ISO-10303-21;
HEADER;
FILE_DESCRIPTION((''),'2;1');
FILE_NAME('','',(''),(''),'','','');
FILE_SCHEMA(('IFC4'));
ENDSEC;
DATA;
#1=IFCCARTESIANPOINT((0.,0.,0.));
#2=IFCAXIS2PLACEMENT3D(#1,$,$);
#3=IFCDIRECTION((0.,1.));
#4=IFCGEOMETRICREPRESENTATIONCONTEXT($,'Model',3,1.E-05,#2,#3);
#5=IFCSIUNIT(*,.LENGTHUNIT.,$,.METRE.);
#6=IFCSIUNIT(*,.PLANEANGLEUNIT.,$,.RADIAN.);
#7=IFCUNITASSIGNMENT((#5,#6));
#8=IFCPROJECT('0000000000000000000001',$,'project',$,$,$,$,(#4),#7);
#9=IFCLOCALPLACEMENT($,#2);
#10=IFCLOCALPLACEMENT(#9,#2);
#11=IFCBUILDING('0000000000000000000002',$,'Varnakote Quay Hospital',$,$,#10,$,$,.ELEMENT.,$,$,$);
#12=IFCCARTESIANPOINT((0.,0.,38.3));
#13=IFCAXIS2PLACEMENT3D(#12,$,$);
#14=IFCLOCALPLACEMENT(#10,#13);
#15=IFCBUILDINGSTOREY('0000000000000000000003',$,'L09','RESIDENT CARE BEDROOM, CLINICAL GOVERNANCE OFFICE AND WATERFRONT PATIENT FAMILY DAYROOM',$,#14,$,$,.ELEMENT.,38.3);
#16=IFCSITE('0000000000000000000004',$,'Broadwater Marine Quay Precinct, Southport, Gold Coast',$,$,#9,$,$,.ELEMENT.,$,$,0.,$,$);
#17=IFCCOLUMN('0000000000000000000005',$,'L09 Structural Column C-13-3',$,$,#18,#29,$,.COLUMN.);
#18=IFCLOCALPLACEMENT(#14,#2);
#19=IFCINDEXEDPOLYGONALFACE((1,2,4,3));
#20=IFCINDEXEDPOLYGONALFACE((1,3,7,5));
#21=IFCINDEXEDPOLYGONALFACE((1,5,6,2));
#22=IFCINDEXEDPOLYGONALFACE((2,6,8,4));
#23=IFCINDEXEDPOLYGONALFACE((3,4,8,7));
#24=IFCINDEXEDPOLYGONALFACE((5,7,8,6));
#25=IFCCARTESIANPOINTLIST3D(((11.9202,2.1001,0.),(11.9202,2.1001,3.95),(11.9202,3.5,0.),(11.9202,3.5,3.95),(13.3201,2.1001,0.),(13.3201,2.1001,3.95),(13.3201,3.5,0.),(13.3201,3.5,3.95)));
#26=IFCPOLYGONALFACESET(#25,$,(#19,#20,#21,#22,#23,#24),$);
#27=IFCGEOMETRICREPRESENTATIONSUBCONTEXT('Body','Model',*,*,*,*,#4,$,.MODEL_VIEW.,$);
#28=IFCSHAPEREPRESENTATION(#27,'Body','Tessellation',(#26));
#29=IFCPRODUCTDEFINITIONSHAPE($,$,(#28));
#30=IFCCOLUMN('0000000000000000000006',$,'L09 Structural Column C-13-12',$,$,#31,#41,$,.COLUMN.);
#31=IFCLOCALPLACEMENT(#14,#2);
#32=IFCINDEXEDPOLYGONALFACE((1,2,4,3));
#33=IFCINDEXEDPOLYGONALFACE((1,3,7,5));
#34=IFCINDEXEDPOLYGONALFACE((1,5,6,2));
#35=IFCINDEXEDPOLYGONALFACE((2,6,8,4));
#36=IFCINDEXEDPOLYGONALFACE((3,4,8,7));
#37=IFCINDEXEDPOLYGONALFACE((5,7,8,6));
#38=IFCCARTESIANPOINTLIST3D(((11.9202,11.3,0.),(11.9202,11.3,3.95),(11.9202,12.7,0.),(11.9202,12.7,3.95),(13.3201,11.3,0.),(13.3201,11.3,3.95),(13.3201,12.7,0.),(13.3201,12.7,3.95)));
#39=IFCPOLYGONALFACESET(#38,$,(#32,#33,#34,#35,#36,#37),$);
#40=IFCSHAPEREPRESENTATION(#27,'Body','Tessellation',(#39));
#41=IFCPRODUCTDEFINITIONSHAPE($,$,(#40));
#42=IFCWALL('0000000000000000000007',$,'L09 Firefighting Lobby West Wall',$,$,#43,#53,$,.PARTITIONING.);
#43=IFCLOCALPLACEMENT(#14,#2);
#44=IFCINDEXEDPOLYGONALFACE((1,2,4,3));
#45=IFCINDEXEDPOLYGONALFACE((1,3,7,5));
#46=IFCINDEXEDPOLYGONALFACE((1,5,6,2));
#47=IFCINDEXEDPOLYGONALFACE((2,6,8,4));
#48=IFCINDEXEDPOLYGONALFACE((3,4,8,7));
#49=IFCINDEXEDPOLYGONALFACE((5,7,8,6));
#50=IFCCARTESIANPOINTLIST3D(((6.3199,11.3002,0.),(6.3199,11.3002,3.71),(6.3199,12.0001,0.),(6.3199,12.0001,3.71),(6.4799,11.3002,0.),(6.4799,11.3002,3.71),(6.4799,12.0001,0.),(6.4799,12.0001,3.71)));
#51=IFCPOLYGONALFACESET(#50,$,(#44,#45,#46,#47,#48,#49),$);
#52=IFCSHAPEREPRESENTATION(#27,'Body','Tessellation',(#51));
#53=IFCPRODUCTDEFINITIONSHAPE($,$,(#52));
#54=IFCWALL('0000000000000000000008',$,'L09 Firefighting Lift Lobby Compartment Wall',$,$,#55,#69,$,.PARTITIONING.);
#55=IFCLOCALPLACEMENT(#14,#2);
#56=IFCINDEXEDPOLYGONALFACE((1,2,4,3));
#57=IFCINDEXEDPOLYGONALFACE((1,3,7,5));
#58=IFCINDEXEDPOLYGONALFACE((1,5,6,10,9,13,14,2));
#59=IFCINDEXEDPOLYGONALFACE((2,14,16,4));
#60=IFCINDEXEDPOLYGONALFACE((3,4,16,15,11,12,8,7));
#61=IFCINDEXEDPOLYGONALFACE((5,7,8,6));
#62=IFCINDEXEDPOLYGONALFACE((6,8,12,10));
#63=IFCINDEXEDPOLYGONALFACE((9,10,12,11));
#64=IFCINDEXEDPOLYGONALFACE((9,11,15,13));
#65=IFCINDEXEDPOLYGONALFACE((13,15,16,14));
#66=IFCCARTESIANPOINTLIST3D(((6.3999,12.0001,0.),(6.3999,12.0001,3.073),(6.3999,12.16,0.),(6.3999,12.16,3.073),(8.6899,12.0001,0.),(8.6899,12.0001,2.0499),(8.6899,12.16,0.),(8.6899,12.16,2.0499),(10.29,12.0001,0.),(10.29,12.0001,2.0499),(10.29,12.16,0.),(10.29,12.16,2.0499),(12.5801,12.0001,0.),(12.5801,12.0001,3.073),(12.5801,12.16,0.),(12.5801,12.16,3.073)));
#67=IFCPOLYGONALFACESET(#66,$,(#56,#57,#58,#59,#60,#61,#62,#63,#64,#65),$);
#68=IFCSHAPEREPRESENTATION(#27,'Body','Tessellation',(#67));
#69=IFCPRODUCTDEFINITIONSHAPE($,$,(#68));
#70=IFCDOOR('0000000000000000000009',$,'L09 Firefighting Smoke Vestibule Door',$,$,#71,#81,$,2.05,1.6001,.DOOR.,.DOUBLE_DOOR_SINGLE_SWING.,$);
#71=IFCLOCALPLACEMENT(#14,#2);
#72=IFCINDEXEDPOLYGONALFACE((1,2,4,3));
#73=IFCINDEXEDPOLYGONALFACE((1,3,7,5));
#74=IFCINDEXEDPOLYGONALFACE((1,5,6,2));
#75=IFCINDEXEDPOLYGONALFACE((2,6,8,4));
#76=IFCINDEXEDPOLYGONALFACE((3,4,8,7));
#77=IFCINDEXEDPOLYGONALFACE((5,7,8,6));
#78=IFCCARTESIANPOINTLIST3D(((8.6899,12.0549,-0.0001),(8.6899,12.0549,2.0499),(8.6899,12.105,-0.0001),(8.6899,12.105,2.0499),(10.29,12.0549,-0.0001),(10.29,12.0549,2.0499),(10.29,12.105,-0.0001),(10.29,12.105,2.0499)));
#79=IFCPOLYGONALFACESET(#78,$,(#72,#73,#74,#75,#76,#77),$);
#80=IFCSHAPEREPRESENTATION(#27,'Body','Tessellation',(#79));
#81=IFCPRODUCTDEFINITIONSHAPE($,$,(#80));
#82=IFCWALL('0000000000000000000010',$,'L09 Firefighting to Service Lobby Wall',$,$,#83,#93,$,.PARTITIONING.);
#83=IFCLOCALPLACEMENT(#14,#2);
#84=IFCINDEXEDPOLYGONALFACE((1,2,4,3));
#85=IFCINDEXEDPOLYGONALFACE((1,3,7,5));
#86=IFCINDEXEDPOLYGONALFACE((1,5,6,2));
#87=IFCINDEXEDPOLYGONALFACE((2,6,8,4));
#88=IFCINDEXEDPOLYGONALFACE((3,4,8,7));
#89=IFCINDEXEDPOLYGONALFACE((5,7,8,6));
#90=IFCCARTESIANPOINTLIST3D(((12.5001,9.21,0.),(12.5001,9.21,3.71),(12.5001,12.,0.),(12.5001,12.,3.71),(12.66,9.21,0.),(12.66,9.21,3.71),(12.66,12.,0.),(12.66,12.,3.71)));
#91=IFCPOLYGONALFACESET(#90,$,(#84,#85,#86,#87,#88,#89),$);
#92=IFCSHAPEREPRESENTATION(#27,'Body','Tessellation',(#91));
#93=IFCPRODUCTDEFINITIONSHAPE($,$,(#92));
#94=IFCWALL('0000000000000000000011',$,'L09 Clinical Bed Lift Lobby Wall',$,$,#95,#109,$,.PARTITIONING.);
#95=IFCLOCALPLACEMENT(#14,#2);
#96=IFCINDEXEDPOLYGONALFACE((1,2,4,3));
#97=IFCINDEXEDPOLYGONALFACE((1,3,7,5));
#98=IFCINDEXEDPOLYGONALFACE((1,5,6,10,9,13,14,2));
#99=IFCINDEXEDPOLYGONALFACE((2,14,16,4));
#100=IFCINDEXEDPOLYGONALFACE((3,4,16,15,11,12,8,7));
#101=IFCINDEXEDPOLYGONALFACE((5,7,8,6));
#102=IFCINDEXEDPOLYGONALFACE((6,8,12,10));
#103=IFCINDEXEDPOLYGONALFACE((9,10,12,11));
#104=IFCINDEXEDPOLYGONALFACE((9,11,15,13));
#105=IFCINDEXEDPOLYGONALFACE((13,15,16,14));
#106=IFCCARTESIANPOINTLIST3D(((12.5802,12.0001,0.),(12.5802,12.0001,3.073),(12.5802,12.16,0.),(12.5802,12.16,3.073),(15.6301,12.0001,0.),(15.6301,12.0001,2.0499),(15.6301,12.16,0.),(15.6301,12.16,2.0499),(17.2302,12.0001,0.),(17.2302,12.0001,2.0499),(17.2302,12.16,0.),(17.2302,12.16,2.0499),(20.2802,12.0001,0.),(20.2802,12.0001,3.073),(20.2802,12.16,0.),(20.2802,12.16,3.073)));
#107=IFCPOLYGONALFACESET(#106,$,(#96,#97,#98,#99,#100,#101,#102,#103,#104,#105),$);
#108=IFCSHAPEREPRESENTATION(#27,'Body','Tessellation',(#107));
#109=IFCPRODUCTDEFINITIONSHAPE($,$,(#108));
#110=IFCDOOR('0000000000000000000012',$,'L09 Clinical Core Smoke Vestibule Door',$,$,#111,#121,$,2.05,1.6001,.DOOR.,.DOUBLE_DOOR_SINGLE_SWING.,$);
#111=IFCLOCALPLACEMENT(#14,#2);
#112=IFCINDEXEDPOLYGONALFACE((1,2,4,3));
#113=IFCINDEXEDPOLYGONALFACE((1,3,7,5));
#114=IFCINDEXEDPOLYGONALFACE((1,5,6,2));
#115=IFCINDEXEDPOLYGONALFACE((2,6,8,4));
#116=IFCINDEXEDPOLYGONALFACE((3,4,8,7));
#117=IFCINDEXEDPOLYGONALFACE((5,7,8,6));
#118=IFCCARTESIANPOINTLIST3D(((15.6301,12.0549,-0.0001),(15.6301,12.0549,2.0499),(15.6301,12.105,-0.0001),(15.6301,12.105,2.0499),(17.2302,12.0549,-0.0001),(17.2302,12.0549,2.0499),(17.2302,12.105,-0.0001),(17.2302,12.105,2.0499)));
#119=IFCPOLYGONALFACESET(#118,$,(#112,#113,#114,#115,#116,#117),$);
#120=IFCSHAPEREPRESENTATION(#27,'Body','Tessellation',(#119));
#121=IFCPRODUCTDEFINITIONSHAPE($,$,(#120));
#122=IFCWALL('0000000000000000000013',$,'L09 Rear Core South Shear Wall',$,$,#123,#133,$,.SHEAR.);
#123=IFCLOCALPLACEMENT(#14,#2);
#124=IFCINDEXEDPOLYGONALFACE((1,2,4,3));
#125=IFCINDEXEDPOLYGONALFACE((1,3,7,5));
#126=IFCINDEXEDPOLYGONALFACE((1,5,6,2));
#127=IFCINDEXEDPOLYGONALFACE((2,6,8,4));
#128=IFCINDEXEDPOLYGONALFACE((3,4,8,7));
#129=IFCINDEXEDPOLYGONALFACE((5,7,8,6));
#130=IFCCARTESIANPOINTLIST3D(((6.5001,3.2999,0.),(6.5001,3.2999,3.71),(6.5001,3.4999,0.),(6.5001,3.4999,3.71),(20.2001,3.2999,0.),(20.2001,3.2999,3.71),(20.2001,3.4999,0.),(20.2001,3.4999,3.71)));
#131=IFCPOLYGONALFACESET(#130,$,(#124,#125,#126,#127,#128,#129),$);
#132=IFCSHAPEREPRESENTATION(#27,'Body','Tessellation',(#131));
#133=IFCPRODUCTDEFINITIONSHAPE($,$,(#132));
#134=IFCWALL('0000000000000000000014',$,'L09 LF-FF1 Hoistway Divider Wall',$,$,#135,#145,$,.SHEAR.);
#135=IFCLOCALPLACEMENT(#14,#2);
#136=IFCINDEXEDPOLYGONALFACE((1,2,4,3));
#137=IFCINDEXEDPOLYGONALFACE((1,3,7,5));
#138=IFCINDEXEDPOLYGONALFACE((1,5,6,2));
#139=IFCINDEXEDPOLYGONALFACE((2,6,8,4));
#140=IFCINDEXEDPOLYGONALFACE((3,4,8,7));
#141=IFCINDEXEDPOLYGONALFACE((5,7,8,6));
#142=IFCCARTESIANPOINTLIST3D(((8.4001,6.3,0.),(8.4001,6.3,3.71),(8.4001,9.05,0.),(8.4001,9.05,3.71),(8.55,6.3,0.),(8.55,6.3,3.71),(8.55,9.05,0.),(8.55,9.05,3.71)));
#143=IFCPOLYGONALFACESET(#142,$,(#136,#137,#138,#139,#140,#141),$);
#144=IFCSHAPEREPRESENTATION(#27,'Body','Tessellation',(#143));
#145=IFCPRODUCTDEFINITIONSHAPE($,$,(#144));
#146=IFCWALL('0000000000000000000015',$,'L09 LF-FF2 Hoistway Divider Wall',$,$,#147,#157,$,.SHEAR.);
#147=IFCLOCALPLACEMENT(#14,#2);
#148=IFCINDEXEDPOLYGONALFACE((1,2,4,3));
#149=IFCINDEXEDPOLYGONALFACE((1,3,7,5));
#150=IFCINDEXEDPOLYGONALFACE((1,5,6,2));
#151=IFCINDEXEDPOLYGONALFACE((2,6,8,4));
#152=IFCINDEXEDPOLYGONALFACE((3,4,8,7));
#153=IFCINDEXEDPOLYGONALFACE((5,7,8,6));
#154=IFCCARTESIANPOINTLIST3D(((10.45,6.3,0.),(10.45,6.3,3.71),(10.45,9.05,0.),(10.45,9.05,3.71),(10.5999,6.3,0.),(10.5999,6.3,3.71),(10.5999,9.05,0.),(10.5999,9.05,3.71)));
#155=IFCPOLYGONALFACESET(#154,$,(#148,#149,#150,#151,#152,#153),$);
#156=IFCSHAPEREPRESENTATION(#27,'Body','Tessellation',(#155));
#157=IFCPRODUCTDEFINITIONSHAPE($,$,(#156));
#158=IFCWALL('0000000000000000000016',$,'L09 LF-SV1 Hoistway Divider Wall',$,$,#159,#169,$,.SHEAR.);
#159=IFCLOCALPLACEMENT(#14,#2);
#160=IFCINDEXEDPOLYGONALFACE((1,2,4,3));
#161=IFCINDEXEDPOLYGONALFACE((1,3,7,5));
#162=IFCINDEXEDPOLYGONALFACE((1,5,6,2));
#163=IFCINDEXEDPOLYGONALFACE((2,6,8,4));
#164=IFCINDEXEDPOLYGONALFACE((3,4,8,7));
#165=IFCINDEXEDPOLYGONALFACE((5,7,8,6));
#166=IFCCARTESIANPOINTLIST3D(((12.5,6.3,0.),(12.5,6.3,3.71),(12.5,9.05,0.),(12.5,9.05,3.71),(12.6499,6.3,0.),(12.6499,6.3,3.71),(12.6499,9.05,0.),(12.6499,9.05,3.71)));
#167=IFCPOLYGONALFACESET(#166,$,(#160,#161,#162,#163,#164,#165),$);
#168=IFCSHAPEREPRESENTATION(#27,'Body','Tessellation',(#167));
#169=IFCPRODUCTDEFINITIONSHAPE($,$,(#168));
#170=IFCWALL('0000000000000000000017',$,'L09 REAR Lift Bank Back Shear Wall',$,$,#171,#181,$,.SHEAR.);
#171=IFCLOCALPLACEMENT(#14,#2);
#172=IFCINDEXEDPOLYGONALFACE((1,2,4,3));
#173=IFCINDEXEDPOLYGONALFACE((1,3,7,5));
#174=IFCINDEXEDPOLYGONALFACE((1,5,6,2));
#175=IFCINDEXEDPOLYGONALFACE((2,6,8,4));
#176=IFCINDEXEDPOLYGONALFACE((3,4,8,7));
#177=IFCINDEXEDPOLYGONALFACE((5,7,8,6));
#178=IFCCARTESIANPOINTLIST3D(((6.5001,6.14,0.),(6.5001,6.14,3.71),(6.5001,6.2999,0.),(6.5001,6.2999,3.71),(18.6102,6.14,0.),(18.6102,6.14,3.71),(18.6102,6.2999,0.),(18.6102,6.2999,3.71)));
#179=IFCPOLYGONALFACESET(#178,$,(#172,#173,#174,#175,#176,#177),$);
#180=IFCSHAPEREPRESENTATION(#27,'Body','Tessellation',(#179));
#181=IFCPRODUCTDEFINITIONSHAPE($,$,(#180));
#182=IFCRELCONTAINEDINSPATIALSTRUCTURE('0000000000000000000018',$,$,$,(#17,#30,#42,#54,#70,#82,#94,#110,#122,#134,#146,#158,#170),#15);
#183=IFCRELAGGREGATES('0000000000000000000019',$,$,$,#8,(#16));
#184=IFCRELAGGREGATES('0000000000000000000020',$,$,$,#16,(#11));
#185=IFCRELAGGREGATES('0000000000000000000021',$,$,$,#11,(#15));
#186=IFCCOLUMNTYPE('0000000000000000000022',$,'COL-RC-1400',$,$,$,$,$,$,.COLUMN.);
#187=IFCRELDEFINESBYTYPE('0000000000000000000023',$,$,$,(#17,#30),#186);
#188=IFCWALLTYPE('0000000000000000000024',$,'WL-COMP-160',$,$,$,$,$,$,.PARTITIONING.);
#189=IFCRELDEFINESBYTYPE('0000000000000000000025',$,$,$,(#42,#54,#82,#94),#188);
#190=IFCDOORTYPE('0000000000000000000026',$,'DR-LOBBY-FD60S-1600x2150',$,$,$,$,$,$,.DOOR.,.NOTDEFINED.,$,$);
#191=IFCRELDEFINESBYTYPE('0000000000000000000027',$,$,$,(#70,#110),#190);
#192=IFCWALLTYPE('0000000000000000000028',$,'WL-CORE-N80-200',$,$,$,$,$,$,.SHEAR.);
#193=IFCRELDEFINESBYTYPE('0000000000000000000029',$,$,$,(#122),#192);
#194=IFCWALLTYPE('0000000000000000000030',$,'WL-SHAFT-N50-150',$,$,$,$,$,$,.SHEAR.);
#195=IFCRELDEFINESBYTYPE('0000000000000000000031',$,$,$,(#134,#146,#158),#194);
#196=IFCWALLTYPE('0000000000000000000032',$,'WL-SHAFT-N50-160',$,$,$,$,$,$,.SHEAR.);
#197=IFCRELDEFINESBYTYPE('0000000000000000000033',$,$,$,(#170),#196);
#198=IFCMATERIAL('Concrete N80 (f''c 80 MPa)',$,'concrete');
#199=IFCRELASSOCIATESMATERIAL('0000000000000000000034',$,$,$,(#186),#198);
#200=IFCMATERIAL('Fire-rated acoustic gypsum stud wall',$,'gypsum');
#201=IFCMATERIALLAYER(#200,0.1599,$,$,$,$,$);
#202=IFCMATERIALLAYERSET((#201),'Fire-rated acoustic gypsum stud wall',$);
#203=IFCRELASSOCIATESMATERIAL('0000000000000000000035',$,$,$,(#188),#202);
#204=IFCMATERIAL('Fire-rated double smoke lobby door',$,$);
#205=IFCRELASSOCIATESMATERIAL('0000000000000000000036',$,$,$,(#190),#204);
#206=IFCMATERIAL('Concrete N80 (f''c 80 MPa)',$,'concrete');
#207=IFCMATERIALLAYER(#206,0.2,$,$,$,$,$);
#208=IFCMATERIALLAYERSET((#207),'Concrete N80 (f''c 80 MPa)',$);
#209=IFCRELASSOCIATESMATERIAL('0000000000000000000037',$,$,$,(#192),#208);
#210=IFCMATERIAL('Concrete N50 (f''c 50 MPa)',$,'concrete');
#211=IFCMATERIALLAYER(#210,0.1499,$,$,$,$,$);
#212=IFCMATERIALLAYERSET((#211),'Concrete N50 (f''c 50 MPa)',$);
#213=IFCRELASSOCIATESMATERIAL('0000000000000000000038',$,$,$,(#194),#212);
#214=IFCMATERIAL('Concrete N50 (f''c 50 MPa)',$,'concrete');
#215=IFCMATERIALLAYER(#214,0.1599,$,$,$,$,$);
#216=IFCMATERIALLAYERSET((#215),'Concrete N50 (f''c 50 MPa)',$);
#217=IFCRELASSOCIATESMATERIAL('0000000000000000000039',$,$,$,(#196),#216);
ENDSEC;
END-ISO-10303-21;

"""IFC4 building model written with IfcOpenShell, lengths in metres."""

from ifc_helpers import new_model, si_unit, direction, frame, frame_2d, origin, origin_2d, place, context, subcontext, project, spatial, rectangle, extrude, material, layer, layer_set, material_profile, profile_set, type_object, element, fill, save


model = new_model("IFC4")

# Units and contexts
model_context = context("Model", 3, precision=1e-05, world=origin(), true_north=direction((0.0, 1.0)))
body_context = subcontext(model_context, "Body", "Model", "MODEL_VIEW")
ifc_project = project(units=[si_unit("LENGTHUNIT", "METRE"), si_unit("PLANEANGLEUNIT", "RADIAN")], contexts=[model_context])

# Site, building, storey
site_placement = place(None, origin())
site = spatial("IfcSite", under=ifc_project, at=site_placement, Name="Broadwater Marine Quay Precinct, Southport, Gold Coast", CompositionType="ELEMENT", RefElevation=0.0)
building_placement = place(site_placement, origin())
building = spatial("IfcBuilding", under=site, at=building_placement, Name="Varnakote Quay Hospital", CompositionType="ELEMENT")
storey_placement = place(building_placement, frame((0.0, 0.0, 38.3)))
storey = spatial("IfcBuildingStorey", under=building, at=storey_placement, Name="L09", Description="RESIDENT CARE BEDROOM, CLINICAL GOVERNANCE OFFICE AND WATERFRONT PATIENT FAMILY DAYROOM", CompositionType="ELEMENT", Elevation=38.3)

# Columns
ifc_material_1 = material(Name="Concrete N80 (f'c 80 MPa)", Category="concrete")
ifc_material_profile = material_profile(ifc_material_1, rectangle(XDim=1.3999, YDim=1.3999, at=origin_2d()), Name="RC-COL-1400x1400")
ifc_profile_set = profile_set([ifc_material_profile], Name="Concrete N80 (f'c 80 MPa)")
column_type = type_object("IfcColumnType", Name="COL-RC-1400", PredefinedType="COLUMN", material=ifc_profile_set)
for number, where, z_axis, x_axis, name in (
    (1, (12.6201, 2.8, 0.0), (0.0, 0.0, 1.0), (1.0, 0.0, 0.0), "L09 Structural Column C-13-3"),
    (2, (12.6201, 12.0, 0.0), (0.0, 0.0, 1.0), (1.0, 0.0, 0.0), "L09 Structural Column C-13-12"),
):
    element("IfcColumn", number, at=place(storey_placement, frame(where, z_axis=z_axis, x_axis=x_axis)), inside=storey, type_object=column_type, Name=name, PredefinedType="COLUMN", context=body_context, shape_type="SweptSolid", body=[
        extrude(rectangle(XDim=1.3999, YDim=1.3999, at=origin_2d()), origin(), (0.0, 0.0, 1.0), 3.95),
    ])

# Wall
ifc_material_2 = material(Name="Fire-rated acoustic gypsum stud wall", Category="gypsum")
ifc_layer_1 = layer(ifc_material_2, 0.1599)
ifc_layer_set_1 = layer_set([ifc_layer_1], Name="Fire-rated acoustic gypsum stud wall")
wall_type_1 = type_object("IfcWallType", Name="WL-COMP-160", PredefinedType="PARTITIONING", material=ifc_layer_set_1)
wall_1_placement = place(storey_placement, frame((6.3999, 11.3, 0.0), z_axis=(0.0, 0.0, 1.0), x_axis=(0.0, 1.0, 0.0)))
element("IfcWall", 3, at=wall_1_placement, inside=storey, type_object=wall_type_1, Name="L09 Firefighting Lobby West Wall", PredefinedType="PARTITIONING", context=body_context, shape_type="SweptSolid", body=[
    extrude(rectangle(XDim=0.7, YDim=0.1599, at=frame_2d((0.3501, 0.0))), origin(), (0.0, 0.0, 1.0), 3.71),
])

# Wall, opening, door
wall_2_placement = place(storey_placement, frame((6.3999, 12.0801, 0.0), z_axis=(0.0, 0.0, 1.0), x_axis=(1.0, 0.0, 0.0)))
wall_2 = element("IfcWall", 4, at=wall_2_placement, inside=storey, type_object=wall_type_1, Name="L09 Firefighting Lift Lobby Compartment Wall", PredefinedType="PARTITIONING", context=body_context, shape_type="SweptSolid", body=[
    extrude(rectangle(XDim=6.1802, YDim=0.1599, at=frame_2d((3.0901, 0.0))), origin(), (0.0, 0.0, 1.0), 3.073),
])
opening_1_placement = place(wall_2_placement, frame((2.29, 0.0, 0.0)))
opening_1 = element("IfcOpeningElement", 5, at=opening_1_placement, cuts=wall_2, PredefinedType="OPENING", context=body_context, shape_type="SweptSolid", body=[
    extrude(rectangle(XDim=1.6001, YDim=2.05, at=frame_2d((0.8, 1.0249))), frame((0.0, 0.0898, 0.0), z_axis=(0.0, -1.0, 0.0), x_axis=(1.0, 0.0, 0.0)), (0.0, 0.0, 1.0), 0.1799),
])
ifc_material_3 = material(Name="Fire-rated double smoke lobby door")
door_type_1 = type_object("IfcDoorType", Name="DR-LOBBY-FD60S-1600x2150", OperationType="NOTDEFINED", PredefinedType="DOOR", material=ifc_material_3)
door_1_placement = place(opening_1_placement, origin())
door_1 = element("IfcDoor", 6, at=door_1_placement, inside=storey, type_object=door_type_1, Name="L09 Firefighting Smoke Vestibule Door", OperationType="DOUBLE_DOOR_SINGLE_SWING", OverallHeight=2.05, OverallWidth=1.6001, PredefinedType="DOOR", context=body_context, shape_type="SweptSolid", body=[
    extrude(rectangle(XDim=1.6001, YDim=2.05, at=frame_2d((0.8, 1.0249))), frame((0.0, 0.0249, 0.0), z_axis=(0.0, -1.0, 0.0), x_axis=(1.0, 0.0, 0.0)), (0.0, 0.0, 1.0), 0.05),
])
fill(opening_1, door_1)

# Wall
wall_3_placement = place(storey_placement, frame((12.5801, 9.21, 0.0), z_axis=(0.0, 0.0, 1.0), x_axis=(0.0, 1.0, 0.0)))
element("IfcWall", 7, at=wall_3_placement, inside=storey, type_object=wall_type_1, Name="L09 Firefighting to Service Lobby Wall", PredefinedType="PARTITIONING", context=body_context, shape_type="SweptSolid", body=[
    extrude(rectangle(XDim=2.79, YDim=0.1599, at=frame_2d((1.395, 0.0))), origin(), (0.0, 0.0, 1.0), 3.71),
])

# Wall, opening, door
wall_4_placement = place(storey_placement, frame((12.5801, 12.0801, 0.0), z_axis=(0.0, 0.0, 1.0), x_axis=(1.0, 0.0, 0.0)))
wall_4 = element("IfcWall", 8, at=wall_4_placement, inside=storey, type_object=wall_type_1, Name="L09 Clinical Bed Lift Lobby Wall", PredefinedType="PARTITIONING", context=body_context, shape_type="SweptSolid", body=[
    extrude(rectangle(XDim=7.7, YDim=0.1599, at=frame_2d((3.8501, 0.0))), origin(), (0.0, 0.0, 1.0), 3.073),
])
opening_2_placement = place(wall_4_placement, frame((3.05, 0.0, 0.0)))
opening_2 = element("IfcOpeningElement", 9, at=opening_2_placement, cuts=wall_4, PredefinedType="OPENING", context=body_context, shape_type="SweptSolid", body=[
    extrude(rectangle(XDim=1.6001, YDim=2.05, at=frame_2d((0.8, 1.0249))), frame((0.0, 0.0898, 0.0), z_axis=(0.0, -1.0, 0.0), x_axis=(1.0, 0.0, 0.0)), (0.0, 0.0, 1.0), 0.1799),
])
door_2_placement = place(opening_2_placement, origin())
door_2 = element("IfcDoor", 10, at=door_2_placement, inside=storey, type_object=door_type_1, Name="L09 Clinical Core Smoke Vestibule Door", OperationType="DOUBLE_DOOR_SINGLE_SWING", OverallHeight=2.05, OverallWidth=1.6001, PredefinedType="DOOR", context=body_context, shape_type="SweptSolid", body=[
    extrude(rectangle(XDim=1.6001, YDim=2.05, at=frame_2d((0.8, 1.0249))), frame((0.0, 0.0249, 0.0), z_axis=(0.0, -1.0, 0.0), x_axis=(1.0, 0.0, 0.0)), (0.0, 0.0, 1.0), 0.05),
])
fill(opening_2, door_2)

# Walls
ifc_material_4 = material(Name="Concrete N80 (f'c 80 MPa)", Category="concrete")
ifc_layer_2 = layer(ifc_material_4, 0.2)
ifc_layer_set_2 = layer_set([ifc_layer_2], Name="Concrete N80 (f'c 80 MPa)")
wall_type_2 = type_object("IfcWallType", Name="WL-CORE-N80-200", PredefinedType="SHEAR", material=ifc_layer_set_2)
wall_5_placement = place(storey_placement, frame((6.5, 3.3999, 0.0), z_axis=(0.0, 0.0, 1.0), x_axis=(1.0, 0.0, 0.0)))
element("IfcWall", 11, at=wall_5_placement, inside=storey, type_object=wall_type_2, Name="L09 Rear Core South Shear Wall", PredefinedType="SHEAR", context=body_context, shape_type="SweptSolid", body=[
    extrude(rectangle(XDim=13.7, YDim=0.2, at=frame_2d((6.8501, 0.0))), origin(), (0.0, 0.0, 1.0), 3.71),
])
ifc_material_5 = material(Name="Concrete N50 (f'c 50 MPa)", Category="concrete")
ifc_layer_3 = layer(ifc_material_5, 0.1499)
ifc_layer_set_3 = layer_set([ifc_layer_3], Name="Concrete N50 (f'c 50 MPa)")
wall_type_3 = type_object("IfcWallType", Name="WL-SHAFT-N50-150", PredefinedType="SHEAR", material=ifc_layer_set_3)
for number, where, z_axis, x_axis, name in (
    (12, (8.4751, 6.3, 0.0), (0.0, 0.0, 1.0), (0.0, 1.0, 0.0), "L09 LF-FF1 Hoistway Divider Wall"),
    (13, (10.5249, 6.3, 0.0), (0.0, 0.0, 1.0), (0.0, 1.0, 0.0), "L09 LF-FF2 Hoistway Divider Wall"),
    (14, (12.575, 6.3, 0.0), (0.0, 0.0, 1.0), (0.0, 1.0, 0.0), "L09 LF-SV1 Hoistway Divider Wall"),
):
    element("IfcWall", number, at=place(storey_placement, frame(where, z_axis=z_axis, x_axis=x_axis)), inside=storey, type_object=wall_type_3, Name=name, PredefinedType="SHEAR", context=body_context, shape_type="SweptSolid", body=[
        extrude(rectangle(XDim=2.75, YDim=0.1499, at=frame_2d((1.375, 0.0))), origin(), (0.0, 0.0, 1.0), 3.71),
    ])
ifc_material_6 = material(Name="Concrete N50 (f'c 50 MPa)", Category="concrete")
ifc_layer_4 = layer(ifc_material_6, 0.1599)
ifc_layer_set_4 = layer_set([ifc_layer_4], Name="Concrete N50 (f'c 50 MPa)")
wall_type_4 = type_object("IfcWallType", Name="WL-SHAFT-N50-160", PredefinedType="SHEAR", material=ifc_layer_set_4)
wall_6_placement = place(storey_placement, frame((6.5, 6.22, 0.0), z_axis=(0.0, 0.0, 1.0), x_axis=(1.0, 0.0, 0.0)))
element("IfcWall", 15, at=wall_6_placement, inside=storey, type_object=wall_type_4, Name="L09 REAR Lift Bank Back Shear Wall", PredefinedType="SHEAR", context=body_context, shape_type="SweptSolid", body=[
    extrude(rectangle(XDim=12.1101, YDim=0.1599, at=frame_2d((6.0552, 0.0))), origin(), (0.0, 0.0, 1.0), 3.71),
])

save(model, "model.ifc")
